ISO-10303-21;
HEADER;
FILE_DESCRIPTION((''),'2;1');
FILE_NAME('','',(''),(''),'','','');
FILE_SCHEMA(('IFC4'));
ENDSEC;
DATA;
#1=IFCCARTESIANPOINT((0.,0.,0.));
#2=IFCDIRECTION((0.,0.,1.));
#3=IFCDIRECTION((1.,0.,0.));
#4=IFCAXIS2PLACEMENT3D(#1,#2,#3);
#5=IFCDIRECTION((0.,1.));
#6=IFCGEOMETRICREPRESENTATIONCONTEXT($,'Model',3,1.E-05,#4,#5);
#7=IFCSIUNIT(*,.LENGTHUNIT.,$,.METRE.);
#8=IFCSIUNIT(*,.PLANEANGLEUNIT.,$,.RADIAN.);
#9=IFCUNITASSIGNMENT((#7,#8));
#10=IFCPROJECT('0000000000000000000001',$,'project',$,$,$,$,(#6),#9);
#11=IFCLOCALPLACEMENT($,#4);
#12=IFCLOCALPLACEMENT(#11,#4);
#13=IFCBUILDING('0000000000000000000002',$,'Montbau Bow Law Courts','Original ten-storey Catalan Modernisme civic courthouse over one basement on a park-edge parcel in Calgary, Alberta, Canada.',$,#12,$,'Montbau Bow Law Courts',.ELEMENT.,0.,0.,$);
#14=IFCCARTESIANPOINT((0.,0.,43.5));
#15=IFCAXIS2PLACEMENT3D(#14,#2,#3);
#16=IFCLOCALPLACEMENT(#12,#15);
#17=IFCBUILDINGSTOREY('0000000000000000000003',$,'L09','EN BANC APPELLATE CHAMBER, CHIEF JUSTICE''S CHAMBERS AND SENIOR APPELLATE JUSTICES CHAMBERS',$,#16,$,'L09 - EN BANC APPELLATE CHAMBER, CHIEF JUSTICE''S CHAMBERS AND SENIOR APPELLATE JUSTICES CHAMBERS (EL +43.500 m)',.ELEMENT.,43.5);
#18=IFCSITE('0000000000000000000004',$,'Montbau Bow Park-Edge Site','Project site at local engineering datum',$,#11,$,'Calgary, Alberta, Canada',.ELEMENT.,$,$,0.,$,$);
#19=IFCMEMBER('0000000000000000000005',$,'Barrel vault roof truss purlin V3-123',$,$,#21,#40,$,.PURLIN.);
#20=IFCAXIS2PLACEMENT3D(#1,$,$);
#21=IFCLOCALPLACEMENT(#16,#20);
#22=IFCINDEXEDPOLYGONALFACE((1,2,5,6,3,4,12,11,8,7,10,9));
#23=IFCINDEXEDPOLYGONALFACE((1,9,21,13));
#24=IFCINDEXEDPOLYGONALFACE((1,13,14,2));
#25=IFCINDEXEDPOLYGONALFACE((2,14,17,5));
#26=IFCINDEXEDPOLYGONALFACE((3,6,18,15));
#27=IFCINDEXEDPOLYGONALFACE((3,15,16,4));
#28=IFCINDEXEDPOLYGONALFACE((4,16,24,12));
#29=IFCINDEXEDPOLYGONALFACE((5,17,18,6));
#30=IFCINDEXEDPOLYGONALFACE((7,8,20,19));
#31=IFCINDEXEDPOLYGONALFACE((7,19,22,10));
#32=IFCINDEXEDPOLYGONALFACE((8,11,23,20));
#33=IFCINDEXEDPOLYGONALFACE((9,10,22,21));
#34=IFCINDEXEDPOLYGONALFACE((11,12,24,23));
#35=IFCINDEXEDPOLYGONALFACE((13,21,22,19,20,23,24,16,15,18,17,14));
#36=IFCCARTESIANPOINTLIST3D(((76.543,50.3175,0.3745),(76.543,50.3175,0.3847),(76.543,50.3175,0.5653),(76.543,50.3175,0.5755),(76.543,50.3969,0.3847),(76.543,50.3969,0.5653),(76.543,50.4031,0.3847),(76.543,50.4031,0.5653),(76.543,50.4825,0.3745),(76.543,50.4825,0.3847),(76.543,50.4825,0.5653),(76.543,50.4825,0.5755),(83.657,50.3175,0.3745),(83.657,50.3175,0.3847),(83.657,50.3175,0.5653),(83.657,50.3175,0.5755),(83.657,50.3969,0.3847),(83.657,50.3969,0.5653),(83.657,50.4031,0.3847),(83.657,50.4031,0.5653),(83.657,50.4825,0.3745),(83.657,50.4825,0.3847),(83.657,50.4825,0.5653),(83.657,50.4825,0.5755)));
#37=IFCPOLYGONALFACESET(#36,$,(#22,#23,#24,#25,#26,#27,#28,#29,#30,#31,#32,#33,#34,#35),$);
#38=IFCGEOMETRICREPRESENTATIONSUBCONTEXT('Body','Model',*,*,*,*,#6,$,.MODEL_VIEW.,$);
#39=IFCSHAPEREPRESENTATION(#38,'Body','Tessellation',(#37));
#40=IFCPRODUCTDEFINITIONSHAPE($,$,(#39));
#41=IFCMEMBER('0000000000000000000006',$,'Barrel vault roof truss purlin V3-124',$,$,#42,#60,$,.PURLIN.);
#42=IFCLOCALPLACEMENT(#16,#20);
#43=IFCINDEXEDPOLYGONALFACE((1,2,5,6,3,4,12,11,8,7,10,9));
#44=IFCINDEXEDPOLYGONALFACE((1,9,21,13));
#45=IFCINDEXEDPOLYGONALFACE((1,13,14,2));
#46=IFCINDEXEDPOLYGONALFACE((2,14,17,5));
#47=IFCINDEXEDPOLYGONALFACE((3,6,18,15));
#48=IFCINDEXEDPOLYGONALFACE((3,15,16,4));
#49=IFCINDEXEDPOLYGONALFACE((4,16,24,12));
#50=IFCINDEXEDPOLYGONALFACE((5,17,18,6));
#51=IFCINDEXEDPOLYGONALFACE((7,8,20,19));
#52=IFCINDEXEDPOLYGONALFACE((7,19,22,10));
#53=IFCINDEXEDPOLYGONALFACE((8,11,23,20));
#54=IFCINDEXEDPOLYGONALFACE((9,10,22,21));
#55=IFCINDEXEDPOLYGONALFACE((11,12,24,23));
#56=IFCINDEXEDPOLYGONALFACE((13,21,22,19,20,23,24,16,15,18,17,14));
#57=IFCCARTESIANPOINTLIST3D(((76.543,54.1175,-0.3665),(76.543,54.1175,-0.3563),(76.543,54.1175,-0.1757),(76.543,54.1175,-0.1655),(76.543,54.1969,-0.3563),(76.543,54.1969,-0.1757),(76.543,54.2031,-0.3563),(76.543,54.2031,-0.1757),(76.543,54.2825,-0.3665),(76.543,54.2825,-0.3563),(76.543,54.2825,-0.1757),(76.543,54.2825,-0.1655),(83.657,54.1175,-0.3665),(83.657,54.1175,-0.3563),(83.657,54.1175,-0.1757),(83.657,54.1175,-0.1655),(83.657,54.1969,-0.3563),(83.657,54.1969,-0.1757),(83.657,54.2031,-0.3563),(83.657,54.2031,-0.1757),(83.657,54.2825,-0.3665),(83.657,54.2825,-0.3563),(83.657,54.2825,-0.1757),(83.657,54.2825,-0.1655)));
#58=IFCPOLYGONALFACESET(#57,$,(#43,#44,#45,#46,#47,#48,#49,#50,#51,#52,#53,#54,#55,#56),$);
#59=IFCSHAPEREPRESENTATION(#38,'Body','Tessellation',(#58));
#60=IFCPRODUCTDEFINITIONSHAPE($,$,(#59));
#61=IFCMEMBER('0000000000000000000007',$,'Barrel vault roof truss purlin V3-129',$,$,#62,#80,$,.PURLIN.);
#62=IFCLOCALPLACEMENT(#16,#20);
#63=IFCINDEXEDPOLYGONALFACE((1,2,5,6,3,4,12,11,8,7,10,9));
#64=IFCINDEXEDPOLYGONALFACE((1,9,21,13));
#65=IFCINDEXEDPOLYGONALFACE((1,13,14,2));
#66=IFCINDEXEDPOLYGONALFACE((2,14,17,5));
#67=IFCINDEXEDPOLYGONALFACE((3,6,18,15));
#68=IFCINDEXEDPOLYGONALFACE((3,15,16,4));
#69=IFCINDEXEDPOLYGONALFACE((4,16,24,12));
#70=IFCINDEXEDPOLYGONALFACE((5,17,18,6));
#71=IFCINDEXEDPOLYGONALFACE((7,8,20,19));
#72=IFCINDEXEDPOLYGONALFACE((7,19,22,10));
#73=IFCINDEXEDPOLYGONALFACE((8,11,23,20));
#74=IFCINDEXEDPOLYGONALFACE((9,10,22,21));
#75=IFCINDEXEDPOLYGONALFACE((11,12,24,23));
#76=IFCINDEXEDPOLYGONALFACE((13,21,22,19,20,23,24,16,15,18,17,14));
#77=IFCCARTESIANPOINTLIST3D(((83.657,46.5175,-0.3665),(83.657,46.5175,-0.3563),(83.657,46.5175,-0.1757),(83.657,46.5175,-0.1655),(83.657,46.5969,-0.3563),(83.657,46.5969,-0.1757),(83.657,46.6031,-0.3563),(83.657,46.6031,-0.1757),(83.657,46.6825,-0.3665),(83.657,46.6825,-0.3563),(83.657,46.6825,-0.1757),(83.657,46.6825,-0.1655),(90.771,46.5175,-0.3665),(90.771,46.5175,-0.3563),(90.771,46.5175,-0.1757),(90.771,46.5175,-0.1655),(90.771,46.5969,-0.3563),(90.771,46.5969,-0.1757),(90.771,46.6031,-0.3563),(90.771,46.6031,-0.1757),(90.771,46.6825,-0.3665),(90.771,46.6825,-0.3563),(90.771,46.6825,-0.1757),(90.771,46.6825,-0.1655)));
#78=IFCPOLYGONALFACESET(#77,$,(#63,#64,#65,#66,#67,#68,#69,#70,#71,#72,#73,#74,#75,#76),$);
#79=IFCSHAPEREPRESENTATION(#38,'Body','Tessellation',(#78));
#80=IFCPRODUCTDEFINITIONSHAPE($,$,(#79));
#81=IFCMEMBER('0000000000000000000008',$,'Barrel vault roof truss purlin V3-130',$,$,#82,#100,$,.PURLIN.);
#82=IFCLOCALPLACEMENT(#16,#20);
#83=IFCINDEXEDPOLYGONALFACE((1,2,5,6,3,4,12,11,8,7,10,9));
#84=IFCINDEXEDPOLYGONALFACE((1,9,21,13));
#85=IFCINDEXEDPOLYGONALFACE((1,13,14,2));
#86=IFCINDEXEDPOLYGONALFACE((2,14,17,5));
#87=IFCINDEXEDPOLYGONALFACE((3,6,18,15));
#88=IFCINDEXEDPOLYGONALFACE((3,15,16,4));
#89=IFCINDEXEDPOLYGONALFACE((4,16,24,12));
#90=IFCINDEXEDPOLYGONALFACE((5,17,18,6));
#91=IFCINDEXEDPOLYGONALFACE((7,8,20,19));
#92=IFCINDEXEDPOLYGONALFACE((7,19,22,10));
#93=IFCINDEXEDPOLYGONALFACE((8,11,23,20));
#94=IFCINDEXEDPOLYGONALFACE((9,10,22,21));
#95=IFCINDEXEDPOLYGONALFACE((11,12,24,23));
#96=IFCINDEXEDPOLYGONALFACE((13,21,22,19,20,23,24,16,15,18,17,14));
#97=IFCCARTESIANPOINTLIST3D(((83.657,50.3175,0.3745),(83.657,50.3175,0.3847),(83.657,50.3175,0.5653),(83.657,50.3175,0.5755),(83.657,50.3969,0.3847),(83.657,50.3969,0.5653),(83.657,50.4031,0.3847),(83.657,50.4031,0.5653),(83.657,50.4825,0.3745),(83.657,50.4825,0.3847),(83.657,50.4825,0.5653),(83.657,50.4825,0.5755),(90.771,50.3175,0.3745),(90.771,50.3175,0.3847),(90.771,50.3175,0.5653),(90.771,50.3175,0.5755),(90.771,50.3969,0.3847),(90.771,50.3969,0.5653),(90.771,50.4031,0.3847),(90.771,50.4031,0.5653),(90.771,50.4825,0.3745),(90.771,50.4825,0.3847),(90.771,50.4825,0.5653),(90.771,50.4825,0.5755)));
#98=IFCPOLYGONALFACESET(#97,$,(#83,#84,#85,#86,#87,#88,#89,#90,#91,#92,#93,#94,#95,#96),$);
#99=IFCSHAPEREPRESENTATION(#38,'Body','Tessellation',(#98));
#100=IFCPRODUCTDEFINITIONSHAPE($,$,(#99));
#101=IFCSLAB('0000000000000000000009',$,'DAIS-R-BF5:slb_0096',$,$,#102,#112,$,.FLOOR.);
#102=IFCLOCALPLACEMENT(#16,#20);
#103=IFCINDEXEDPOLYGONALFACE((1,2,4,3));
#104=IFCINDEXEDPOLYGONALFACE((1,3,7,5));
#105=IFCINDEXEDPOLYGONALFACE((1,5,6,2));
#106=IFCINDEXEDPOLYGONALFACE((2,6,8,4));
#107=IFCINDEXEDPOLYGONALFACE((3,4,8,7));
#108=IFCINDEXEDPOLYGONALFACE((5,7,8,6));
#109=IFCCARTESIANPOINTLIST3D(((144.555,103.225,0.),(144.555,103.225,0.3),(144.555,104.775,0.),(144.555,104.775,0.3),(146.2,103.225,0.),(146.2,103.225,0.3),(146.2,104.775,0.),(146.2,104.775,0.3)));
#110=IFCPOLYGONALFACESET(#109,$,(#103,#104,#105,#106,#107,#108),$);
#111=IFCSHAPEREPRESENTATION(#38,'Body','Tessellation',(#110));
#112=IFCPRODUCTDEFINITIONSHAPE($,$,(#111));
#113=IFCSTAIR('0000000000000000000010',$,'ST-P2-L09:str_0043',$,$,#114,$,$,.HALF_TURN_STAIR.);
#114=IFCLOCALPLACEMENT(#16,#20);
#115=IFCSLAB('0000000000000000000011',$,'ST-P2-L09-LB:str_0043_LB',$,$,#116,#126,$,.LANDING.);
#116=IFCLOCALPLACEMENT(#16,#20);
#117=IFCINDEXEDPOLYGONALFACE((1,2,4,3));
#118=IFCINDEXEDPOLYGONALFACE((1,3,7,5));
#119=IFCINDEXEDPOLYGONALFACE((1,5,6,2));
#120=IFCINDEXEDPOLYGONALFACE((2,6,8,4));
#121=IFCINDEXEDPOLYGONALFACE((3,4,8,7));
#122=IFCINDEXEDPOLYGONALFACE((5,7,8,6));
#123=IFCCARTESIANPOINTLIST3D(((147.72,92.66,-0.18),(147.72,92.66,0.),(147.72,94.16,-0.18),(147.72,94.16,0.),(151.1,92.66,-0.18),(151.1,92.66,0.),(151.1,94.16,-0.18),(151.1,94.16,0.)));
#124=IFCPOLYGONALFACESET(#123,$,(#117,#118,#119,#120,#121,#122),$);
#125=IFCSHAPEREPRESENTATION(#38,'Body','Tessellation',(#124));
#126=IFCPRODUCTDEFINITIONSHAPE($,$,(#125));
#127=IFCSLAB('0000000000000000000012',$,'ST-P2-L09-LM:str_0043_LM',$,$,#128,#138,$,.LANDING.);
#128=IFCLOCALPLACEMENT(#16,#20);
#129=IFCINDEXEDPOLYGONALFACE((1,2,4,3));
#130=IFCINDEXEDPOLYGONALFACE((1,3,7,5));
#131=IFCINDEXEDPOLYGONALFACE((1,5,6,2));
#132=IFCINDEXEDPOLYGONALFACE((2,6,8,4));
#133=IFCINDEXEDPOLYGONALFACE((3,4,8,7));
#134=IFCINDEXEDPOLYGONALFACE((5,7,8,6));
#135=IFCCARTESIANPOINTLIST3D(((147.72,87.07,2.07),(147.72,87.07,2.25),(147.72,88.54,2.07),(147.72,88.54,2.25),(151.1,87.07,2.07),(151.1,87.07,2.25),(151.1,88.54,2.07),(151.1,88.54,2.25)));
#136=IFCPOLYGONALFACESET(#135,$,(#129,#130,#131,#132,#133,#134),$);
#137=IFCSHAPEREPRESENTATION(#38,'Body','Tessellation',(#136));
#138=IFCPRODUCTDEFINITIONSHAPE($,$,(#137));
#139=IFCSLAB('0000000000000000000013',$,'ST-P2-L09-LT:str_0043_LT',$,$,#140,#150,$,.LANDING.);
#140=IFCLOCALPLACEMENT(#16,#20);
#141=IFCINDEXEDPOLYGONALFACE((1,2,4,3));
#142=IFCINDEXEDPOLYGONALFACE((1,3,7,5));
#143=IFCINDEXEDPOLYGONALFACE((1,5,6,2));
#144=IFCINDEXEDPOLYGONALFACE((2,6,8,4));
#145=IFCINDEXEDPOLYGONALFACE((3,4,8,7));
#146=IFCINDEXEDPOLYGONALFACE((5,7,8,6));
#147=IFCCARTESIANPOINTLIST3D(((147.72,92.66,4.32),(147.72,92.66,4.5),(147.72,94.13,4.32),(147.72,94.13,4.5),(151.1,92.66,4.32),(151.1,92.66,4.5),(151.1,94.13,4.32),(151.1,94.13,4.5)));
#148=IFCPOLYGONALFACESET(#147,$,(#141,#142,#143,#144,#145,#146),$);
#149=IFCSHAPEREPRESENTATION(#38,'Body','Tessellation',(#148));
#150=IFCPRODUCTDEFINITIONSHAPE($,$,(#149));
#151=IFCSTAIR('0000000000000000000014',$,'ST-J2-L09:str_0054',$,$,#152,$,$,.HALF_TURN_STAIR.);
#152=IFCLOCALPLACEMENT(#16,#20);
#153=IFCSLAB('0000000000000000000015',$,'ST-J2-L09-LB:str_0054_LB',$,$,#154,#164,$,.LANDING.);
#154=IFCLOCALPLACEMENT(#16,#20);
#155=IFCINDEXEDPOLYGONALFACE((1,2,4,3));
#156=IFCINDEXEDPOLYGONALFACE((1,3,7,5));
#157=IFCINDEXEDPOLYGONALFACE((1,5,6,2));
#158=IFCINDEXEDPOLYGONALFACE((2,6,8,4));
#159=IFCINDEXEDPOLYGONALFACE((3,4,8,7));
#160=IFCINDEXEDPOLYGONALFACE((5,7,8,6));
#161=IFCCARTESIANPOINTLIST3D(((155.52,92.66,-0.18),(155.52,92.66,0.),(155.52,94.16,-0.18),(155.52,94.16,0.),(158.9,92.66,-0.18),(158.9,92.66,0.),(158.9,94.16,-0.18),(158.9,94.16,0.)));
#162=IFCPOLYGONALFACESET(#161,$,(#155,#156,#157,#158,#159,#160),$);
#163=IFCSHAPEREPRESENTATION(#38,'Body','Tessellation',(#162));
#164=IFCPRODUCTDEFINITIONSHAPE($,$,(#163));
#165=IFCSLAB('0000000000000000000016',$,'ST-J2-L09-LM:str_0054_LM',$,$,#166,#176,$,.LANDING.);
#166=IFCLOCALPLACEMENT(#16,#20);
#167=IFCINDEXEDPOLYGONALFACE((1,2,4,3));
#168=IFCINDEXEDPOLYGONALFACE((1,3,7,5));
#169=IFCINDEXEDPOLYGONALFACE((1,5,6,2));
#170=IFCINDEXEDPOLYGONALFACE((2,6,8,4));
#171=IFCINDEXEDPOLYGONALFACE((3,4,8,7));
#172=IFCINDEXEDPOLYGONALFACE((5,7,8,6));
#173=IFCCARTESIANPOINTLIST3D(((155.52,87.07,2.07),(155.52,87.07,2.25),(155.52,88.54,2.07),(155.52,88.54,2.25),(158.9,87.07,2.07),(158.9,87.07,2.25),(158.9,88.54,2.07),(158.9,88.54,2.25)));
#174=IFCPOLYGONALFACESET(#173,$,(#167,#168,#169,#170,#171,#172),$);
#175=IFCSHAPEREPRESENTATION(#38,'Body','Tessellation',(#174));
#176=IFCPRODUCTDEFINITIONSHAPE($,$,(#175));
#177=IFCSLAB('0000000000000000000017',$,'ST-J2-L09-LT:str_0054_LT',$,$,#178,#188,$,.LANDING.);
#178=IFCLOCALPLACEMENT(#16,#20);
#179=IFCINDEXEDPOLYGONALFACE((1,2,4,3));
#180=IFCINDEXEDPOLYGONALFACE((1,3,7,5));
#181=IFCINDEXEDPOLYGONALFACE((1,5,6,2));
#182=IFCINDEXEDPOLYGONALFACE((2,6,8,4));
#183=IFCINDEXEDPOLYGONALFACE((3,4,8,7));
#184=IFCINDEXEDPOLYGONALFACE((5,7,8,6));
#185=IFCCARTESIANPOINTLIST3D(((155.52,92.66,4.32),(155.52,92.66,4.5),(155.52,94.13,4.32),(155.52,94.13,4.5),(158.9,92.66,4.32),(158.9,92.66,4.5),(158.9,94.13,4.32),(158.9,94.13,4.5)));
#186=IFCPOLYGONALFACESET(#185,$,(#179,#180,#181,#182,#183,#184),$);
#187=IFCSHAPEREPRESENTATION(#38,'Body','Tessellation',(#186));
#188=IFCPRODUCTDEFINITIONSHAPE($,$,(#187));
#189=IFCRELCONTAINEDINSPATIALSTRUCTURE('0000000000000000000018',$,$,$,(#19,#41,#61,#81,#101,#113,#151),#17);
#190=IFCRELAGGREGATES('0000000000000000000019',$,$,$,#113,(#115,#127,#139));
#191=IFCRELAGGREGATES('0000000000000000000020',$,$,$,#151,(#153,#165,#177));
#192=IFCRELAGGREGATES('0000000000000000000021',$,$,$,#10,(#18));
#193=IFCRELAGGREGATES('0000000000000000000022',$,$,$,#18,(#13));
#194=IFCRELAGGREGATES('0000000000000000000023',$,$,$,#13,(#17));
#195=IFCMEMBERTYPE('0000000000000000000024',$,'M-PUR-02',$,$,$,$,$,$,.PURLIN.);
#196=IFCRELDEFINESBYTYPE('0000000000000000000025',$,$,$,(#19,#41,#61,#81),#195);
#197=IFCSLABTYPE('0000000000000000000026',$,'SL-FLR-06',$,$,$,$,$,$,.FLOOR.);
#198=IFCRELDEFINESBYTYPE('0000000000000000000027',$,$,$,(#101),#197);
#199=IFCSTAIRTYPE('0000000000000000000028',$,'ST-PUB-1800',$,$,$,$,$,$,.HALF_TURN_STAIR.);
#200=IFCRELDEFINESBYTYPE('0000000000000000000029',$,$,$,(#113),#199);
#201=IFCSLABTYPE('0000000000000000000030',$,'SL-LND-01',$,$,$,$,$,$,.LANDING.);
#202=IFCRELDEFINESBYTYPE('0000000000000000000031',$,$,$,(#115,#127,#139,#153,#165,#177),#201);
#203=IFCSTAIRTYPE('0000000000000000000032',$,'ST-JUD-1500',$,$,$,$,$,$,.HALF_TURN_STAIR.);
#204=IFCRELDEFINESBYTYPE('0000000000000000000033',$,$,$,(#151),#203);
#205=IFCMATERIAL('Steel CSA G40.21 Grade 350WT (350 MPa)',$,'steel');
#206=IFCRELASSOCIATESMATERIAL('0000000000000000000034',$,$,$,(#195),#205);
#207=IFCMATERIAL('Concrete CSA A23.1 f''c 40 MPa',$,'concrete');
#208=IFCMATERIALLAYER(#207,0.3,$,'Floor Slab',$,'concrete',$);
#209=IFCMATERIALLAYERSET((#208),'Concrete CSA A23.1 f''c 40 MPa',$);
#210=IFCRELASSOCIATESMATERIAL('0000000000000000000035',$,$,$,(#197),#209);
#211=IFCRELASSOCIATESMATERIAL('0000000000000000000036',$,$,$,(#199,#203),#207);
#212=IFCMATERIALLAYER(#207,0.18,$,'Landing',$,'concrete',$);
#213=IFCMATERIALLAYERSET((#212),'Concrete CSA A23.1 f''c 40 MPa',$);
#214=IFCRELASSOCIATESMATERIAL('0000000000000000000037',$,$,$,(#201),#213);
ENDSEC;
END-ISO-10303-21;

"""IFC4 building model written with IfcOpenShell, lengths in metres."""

from ifc_helpers import new_model, si_unit, direction, frame, origin_with_axes, origin_2d_with_axis, place, context, subcontext, project, spatial, polyline, i_section, outline, extrude, material, layer, layer_set, material_profile, profile_set, type_object, element, aggregate, save


model = new_model("IFC4")

# Units and contexts
model_context = context("Model", 3, precision=1e-05, world=origin_with_axes(), true_north=direction((0.0, 1.0)))
body_context = subcontext(model_context, "Body", "Model", "MODEL_VIEW")
ifc_project = project(units=[si_unit("LENGTHUNIT", "METRE"), si_unit("PLANEANGLEUNIT", "RADIAN")], contexts=[model_context])

# Site, building, storey
site_placement = place(None, origin_with_axes())
site = spatial("IfcSite", under=ifc_project, at=site_placement, Name="Montbau Bow Park-Edge Site", Description="Project site at local engineering datum", LongName="Calgary, Alberta, Canada", CompositionType="ELEMENT", RefElevation=0.0)
building_placement = place(site_placement, origin_with_axes())
building = spatial("IfcBuilding", under=site, at=building_placement, Name="Montbau Bow Law Courts", Description="Original ten-storey Catalan Modernisme civic courthouse over one basement on a park-edge parcel in Calgary, Alberta, Canada.", LongName="Montbau Bow Law Courts", CompositionType="ELEMENT", ElevationOfRefHeight=0.0, ElevationOfTerrain=0.0)
storey_placement = place(building_placement, frame((0.0, 0.0, 43.5), z_axis=(0.0, 0.0, 1.0), x_axis=(1.0, 0.0, 0.0)))
storey = spatial("IfcBuildingStorey", under=building, at=storey_placement, Name="L09", Description="EN BANC APPELLATE CHAMBER, CHIEF JUSTICE'S CHAMBERS AND SENIOR APPELLATE JUSTICES CHAMBERS", LongName="L09 - EN BANC APPELLATE CHAMBER, CHIEF JUSTICE'S CHAMBERS AND SENIOR APPELLATE JUSTICES CHAMBERS (EL +43.500 m)", CompositionType="ELEMENT", Elevation=43.5)

# Members
ifc_material_1 = material(Name="Steel CSA G40.21 Grade 350WT (350 MPa)", Category="steel")
ifc_material_profile = material_profile(ifc_material_1, i_section(OverallWidth=0.165, OverallDepth=0.201, WebThickness=0.0062, FlangeThickness=0.0102, at=origin_2d_with_axis()), Name="W200X36", Category="Main", Priority=0)
ifc_profile_set = profile_set([ifc_material_profile], Name="Steel CSA G40.21 Grade 350WT (350 MPa)")
member_type = type_object("IfcMemberType", Name="M-PUR-02", PredefinedType="PURLIN", material=ifc_profile_set)
for number, where, z_axis, x_axis, name in (
    (1, (76.543, 50.4, 43.975), (1.0, 0.0, 0.0), (0.0, 1.0, 0.0), "Barrel vault roof truss purlin V3-123"),
    (2, (76.543, 54.2, 43.234), (1.0, 0.0, 0.0), (0.0, 1.0, 0.0), "Barrel vault roof truss purlin V3-124"),
    (3, (83.657, 46.6, 43.234), (1.0, 0.0, 0.0), (0.0, 1.0, 0.0), "Barrel vault roof truss purlin V3-129"),
    (4, (83.657, 50.4, 43.975), (1.0, 0.0, 0.0), (0.0, 1.0, 0.0), "Barrel vault roof truss purlin V3-130"),
):
    element("IfcMember", number, at=place(None, frame(where, z_axis=z_axis, x_axis=x_axis)), inside=storey, type_object=member_type, Name=name, PredefinedType="PURLIN", context=body_context, shape_type="SweptSolid", body=[
        extrude(i_section(OverallWidth=0.165, OverallDepth=0.201, WebThickness=0.0062, FlangeThickness=0.0102, at=origin_2d_with_axis()), origin_with_axes(), (0.0, 0.0, 1.0), 7.114),
    ])

# Slab
ifc_material_2 = material(Name="Concrete CSA A23.1 f'c 40 MPa", Category="concrete")
ifc_layer_1 = layer(ifc_material_2, 0.3, Name="Floor Slab", Category="concrete")
ifc_layer_set_1 = layer_set([ifc_layer_1], Name="Concrete CSA A23.1 f'c 40 MPa")
slab_type_1 = type_object("IfcSlabType", Name="SL-FLR-06", PredefinedType="FLOOR", material=ifc_layer_set_1)
slab_1_placement = place(None, frame((0.0, 0.0, 43.5), z_axis=(0.0, 0.0, 1.0), x_axis=(1.0, 0.0, 0.0)))
element("IfcSlab", 5, at=slab_1_placement, inside=storey, type_object=slab_type_1, Name="DAIS-R-BF5:slb_0096", PredefinedType="FLOOR", context=body_context, shape_type="SweptSolid", body=[
    extrude(outline(polyline([(144.555, 103.225), (146.2, 103.225), (146.2, 104.775), (144.555, 104.775), (144.555, 103.225)])), origin_with_axes(), (0.0, 0.0, 1.0), 0.3),
])

# Stairs, slabs
stair_type_1 = type_object("IfcStairType", Name="ST-PUB-1800", PredefinedType="HALF_TURN_STAIR", material=ifc_material_2)
stair_1_placement = place(None, frame((148.505, 92.7, 43.5), z_axis=(0.0, 0.0, 1.0), x_axis=(1.0, 0.0, 0.0)))
stair_1 = element("IfcStair", 6, at=stair_1_placement, inside=storey, type_object=stair_type_1, Name="ST-P2-L09:str_0043", PredefinedType="HALF_TURN_STAIR")
ifc_layer_2 = layer(ifc_material_2, 0.18, Name="Landing", Category="concrete")
ifc_layer_set_2 = layer_set([ifc_layer_2], Name="Concrete CSA A23.1 f'c 40 MPa")
slab_type_2 = type_object("IfcSlabType", Name="SL-LND-01", PredefinedType="LANDING", material=ifc_layer_set_2)
slab_2_placement = place(None, frame((0.0, 0.0, 43.32), z_axis=(0.0, 0.0, 1.0), x_axis=(1.0, 0.0, 0.0)))
slab_2 = element("IfcSlab", 7, at=slab_2_placement, type_object=slab_type_2, Name="ST-P2-L09-LB:str_0043_LB", PredefinedType="LANDING", context=body_context, shape_type="SweptSolid", body=[
    extrude(outline(polyline([(147.72, 92.66), (151.1, 92.66), (151.1, 94.16), (147.72, 94.16), (147.72, 92.66)])), origin_with_axes(), (0.0, 0.0, 1.0), 0.18),
])
slab_3_placement = place(None, frame((0.0, 0.0, 45.57), z_axis=(0.0, 0.0, 1.0), x_axis=(1.0, 0.0, 0.0)))
slab_3 = element("IfcSlab", 8, at=slab_3_placement, type_object=slab_type_2, Name="ST-P2-L09-LM:str_0043_LM", PredefinedType="LANDING", context=body_context, shape_type="SweptSolid", body=[
    extrude(outline(polyline([(147.72, 87.07), (151.1, 87.07), (151.1, 88.54), (147.72, 88.54), (147.72, 87.07)])), origin_with_axes(), (0.0, 0.0, 1.0), 0.18),
])
slab_4_placement = place(None, frame((0.0, 0.0, 47.82), z_axis=(0.0, 0.0, 1.0), x_axis=(1.0, 0.0, 0.0)))
slab_4 = element("IfcSlab", 9, at=slab_4_placement, type_object=slab_type_2, Name="ST-P2-L09-LT:str_0043_LT", PredefinedType="LANDING", context=body_context, shape_type="SweptSolid", body=[
    extrude(outline(polyline([(147.72, 92.66), (151.1, 92.66), (151.1, 94.13), (147.72, 94.13), (147.72, 92.66)])), origin_with_axes(), (0.0, 0.0, 1.0), 0.18),
])
aggregate(stair_1, [slab_2, slab_3, slab_4])
stair_type_2 = type_object("IfcStairType", Name="ST-JUD-1500", PredefinedType="HALF_TURN_STAIR", material=ifc_material_2)
stair_2_placement = place(None, frame((156.265, 92.7, 43.5), z_axis=(0.0, 0.0, 1.0), x_axis=(1.0, 0.0, 0.0)))
stair_2 = element("IfcStair", 10, at=stair_2_placement, inside=storey, type_object=stair_type_2, Name="ST-J2-L09:str_0054", PredefinedType="HALF_TURN_STAIR")
slab_5_placement = place(None, frame((0.0, 0.0, 43.32), z_axis=(0.0, 0.0, 1.0), x_axis=(1.0, 0.0, 0.0)))
slab_5 = element("IfcSlab", 11, at=slab_5_placement, type_object=slab_type_2, Name="ST-J2-L09-LB:str_0054_LB", PredefinedType="LANDING", context=body_context, shape_type="SweptSolid", body=[
    extrude(outline(polyline([(155.52, 92.66), (158.9, 92.66), (158.9, 94.16), (155.52, 94.16), (155.52, 92.66)])), origin_with_axes(), (0.0, 0.0, 1.0), 0.18),
])
slab_6_placement = place(None, frame((0.0, 0.0, 45.57), z_axis=(0.0, 0.0, 1.0), x_axis=(1.0, 0.0, 0.0)))
slab_6 = element("IfcSlab", 12, at=slab_6_placement, type_object=slab_type_2, Name="ST-J2-L09-LM:str_0054_LM", PredefinedType="LANDING", context=body_context, shape_type="SweptSolid", body=[
    extrude(outline(polyline([(155.52, 87.07), (158.9, 87.07), (158.9, 88.54), (155.52, 88.54), (155.52, 87.07)])), origin_with_axes(), (0.0, 0.0, 1.0), 0.18),
])
slab_7_placement = place(None, frame((0.0, 0.0, 47.82), z_axis=(0.0, 0.0, 1.0), x_axis=(1.0, 0.0, 0.0)))
slab_7 = element("IfcSlab", 13, at=slab_7_placement, type_object=slab_type_2, Name="ST-J2-L09-LT:str_0054_LT", PredefinedType="LANDING", context=body_context, shape_type="SweptSolid", body=[
    extrude(outline(polyline([(155.52, 92.66), (158.9, 92.66), (158.9, 94.13), (155.52, 94.13), (155.52, 92.66)])), origin_with_axes(), (0.0, 0.0, 1.0), 0.18),
])
aggregate(stair_2, [slab_5, slab_6, slab_7])

save(model, "model.ifc")
